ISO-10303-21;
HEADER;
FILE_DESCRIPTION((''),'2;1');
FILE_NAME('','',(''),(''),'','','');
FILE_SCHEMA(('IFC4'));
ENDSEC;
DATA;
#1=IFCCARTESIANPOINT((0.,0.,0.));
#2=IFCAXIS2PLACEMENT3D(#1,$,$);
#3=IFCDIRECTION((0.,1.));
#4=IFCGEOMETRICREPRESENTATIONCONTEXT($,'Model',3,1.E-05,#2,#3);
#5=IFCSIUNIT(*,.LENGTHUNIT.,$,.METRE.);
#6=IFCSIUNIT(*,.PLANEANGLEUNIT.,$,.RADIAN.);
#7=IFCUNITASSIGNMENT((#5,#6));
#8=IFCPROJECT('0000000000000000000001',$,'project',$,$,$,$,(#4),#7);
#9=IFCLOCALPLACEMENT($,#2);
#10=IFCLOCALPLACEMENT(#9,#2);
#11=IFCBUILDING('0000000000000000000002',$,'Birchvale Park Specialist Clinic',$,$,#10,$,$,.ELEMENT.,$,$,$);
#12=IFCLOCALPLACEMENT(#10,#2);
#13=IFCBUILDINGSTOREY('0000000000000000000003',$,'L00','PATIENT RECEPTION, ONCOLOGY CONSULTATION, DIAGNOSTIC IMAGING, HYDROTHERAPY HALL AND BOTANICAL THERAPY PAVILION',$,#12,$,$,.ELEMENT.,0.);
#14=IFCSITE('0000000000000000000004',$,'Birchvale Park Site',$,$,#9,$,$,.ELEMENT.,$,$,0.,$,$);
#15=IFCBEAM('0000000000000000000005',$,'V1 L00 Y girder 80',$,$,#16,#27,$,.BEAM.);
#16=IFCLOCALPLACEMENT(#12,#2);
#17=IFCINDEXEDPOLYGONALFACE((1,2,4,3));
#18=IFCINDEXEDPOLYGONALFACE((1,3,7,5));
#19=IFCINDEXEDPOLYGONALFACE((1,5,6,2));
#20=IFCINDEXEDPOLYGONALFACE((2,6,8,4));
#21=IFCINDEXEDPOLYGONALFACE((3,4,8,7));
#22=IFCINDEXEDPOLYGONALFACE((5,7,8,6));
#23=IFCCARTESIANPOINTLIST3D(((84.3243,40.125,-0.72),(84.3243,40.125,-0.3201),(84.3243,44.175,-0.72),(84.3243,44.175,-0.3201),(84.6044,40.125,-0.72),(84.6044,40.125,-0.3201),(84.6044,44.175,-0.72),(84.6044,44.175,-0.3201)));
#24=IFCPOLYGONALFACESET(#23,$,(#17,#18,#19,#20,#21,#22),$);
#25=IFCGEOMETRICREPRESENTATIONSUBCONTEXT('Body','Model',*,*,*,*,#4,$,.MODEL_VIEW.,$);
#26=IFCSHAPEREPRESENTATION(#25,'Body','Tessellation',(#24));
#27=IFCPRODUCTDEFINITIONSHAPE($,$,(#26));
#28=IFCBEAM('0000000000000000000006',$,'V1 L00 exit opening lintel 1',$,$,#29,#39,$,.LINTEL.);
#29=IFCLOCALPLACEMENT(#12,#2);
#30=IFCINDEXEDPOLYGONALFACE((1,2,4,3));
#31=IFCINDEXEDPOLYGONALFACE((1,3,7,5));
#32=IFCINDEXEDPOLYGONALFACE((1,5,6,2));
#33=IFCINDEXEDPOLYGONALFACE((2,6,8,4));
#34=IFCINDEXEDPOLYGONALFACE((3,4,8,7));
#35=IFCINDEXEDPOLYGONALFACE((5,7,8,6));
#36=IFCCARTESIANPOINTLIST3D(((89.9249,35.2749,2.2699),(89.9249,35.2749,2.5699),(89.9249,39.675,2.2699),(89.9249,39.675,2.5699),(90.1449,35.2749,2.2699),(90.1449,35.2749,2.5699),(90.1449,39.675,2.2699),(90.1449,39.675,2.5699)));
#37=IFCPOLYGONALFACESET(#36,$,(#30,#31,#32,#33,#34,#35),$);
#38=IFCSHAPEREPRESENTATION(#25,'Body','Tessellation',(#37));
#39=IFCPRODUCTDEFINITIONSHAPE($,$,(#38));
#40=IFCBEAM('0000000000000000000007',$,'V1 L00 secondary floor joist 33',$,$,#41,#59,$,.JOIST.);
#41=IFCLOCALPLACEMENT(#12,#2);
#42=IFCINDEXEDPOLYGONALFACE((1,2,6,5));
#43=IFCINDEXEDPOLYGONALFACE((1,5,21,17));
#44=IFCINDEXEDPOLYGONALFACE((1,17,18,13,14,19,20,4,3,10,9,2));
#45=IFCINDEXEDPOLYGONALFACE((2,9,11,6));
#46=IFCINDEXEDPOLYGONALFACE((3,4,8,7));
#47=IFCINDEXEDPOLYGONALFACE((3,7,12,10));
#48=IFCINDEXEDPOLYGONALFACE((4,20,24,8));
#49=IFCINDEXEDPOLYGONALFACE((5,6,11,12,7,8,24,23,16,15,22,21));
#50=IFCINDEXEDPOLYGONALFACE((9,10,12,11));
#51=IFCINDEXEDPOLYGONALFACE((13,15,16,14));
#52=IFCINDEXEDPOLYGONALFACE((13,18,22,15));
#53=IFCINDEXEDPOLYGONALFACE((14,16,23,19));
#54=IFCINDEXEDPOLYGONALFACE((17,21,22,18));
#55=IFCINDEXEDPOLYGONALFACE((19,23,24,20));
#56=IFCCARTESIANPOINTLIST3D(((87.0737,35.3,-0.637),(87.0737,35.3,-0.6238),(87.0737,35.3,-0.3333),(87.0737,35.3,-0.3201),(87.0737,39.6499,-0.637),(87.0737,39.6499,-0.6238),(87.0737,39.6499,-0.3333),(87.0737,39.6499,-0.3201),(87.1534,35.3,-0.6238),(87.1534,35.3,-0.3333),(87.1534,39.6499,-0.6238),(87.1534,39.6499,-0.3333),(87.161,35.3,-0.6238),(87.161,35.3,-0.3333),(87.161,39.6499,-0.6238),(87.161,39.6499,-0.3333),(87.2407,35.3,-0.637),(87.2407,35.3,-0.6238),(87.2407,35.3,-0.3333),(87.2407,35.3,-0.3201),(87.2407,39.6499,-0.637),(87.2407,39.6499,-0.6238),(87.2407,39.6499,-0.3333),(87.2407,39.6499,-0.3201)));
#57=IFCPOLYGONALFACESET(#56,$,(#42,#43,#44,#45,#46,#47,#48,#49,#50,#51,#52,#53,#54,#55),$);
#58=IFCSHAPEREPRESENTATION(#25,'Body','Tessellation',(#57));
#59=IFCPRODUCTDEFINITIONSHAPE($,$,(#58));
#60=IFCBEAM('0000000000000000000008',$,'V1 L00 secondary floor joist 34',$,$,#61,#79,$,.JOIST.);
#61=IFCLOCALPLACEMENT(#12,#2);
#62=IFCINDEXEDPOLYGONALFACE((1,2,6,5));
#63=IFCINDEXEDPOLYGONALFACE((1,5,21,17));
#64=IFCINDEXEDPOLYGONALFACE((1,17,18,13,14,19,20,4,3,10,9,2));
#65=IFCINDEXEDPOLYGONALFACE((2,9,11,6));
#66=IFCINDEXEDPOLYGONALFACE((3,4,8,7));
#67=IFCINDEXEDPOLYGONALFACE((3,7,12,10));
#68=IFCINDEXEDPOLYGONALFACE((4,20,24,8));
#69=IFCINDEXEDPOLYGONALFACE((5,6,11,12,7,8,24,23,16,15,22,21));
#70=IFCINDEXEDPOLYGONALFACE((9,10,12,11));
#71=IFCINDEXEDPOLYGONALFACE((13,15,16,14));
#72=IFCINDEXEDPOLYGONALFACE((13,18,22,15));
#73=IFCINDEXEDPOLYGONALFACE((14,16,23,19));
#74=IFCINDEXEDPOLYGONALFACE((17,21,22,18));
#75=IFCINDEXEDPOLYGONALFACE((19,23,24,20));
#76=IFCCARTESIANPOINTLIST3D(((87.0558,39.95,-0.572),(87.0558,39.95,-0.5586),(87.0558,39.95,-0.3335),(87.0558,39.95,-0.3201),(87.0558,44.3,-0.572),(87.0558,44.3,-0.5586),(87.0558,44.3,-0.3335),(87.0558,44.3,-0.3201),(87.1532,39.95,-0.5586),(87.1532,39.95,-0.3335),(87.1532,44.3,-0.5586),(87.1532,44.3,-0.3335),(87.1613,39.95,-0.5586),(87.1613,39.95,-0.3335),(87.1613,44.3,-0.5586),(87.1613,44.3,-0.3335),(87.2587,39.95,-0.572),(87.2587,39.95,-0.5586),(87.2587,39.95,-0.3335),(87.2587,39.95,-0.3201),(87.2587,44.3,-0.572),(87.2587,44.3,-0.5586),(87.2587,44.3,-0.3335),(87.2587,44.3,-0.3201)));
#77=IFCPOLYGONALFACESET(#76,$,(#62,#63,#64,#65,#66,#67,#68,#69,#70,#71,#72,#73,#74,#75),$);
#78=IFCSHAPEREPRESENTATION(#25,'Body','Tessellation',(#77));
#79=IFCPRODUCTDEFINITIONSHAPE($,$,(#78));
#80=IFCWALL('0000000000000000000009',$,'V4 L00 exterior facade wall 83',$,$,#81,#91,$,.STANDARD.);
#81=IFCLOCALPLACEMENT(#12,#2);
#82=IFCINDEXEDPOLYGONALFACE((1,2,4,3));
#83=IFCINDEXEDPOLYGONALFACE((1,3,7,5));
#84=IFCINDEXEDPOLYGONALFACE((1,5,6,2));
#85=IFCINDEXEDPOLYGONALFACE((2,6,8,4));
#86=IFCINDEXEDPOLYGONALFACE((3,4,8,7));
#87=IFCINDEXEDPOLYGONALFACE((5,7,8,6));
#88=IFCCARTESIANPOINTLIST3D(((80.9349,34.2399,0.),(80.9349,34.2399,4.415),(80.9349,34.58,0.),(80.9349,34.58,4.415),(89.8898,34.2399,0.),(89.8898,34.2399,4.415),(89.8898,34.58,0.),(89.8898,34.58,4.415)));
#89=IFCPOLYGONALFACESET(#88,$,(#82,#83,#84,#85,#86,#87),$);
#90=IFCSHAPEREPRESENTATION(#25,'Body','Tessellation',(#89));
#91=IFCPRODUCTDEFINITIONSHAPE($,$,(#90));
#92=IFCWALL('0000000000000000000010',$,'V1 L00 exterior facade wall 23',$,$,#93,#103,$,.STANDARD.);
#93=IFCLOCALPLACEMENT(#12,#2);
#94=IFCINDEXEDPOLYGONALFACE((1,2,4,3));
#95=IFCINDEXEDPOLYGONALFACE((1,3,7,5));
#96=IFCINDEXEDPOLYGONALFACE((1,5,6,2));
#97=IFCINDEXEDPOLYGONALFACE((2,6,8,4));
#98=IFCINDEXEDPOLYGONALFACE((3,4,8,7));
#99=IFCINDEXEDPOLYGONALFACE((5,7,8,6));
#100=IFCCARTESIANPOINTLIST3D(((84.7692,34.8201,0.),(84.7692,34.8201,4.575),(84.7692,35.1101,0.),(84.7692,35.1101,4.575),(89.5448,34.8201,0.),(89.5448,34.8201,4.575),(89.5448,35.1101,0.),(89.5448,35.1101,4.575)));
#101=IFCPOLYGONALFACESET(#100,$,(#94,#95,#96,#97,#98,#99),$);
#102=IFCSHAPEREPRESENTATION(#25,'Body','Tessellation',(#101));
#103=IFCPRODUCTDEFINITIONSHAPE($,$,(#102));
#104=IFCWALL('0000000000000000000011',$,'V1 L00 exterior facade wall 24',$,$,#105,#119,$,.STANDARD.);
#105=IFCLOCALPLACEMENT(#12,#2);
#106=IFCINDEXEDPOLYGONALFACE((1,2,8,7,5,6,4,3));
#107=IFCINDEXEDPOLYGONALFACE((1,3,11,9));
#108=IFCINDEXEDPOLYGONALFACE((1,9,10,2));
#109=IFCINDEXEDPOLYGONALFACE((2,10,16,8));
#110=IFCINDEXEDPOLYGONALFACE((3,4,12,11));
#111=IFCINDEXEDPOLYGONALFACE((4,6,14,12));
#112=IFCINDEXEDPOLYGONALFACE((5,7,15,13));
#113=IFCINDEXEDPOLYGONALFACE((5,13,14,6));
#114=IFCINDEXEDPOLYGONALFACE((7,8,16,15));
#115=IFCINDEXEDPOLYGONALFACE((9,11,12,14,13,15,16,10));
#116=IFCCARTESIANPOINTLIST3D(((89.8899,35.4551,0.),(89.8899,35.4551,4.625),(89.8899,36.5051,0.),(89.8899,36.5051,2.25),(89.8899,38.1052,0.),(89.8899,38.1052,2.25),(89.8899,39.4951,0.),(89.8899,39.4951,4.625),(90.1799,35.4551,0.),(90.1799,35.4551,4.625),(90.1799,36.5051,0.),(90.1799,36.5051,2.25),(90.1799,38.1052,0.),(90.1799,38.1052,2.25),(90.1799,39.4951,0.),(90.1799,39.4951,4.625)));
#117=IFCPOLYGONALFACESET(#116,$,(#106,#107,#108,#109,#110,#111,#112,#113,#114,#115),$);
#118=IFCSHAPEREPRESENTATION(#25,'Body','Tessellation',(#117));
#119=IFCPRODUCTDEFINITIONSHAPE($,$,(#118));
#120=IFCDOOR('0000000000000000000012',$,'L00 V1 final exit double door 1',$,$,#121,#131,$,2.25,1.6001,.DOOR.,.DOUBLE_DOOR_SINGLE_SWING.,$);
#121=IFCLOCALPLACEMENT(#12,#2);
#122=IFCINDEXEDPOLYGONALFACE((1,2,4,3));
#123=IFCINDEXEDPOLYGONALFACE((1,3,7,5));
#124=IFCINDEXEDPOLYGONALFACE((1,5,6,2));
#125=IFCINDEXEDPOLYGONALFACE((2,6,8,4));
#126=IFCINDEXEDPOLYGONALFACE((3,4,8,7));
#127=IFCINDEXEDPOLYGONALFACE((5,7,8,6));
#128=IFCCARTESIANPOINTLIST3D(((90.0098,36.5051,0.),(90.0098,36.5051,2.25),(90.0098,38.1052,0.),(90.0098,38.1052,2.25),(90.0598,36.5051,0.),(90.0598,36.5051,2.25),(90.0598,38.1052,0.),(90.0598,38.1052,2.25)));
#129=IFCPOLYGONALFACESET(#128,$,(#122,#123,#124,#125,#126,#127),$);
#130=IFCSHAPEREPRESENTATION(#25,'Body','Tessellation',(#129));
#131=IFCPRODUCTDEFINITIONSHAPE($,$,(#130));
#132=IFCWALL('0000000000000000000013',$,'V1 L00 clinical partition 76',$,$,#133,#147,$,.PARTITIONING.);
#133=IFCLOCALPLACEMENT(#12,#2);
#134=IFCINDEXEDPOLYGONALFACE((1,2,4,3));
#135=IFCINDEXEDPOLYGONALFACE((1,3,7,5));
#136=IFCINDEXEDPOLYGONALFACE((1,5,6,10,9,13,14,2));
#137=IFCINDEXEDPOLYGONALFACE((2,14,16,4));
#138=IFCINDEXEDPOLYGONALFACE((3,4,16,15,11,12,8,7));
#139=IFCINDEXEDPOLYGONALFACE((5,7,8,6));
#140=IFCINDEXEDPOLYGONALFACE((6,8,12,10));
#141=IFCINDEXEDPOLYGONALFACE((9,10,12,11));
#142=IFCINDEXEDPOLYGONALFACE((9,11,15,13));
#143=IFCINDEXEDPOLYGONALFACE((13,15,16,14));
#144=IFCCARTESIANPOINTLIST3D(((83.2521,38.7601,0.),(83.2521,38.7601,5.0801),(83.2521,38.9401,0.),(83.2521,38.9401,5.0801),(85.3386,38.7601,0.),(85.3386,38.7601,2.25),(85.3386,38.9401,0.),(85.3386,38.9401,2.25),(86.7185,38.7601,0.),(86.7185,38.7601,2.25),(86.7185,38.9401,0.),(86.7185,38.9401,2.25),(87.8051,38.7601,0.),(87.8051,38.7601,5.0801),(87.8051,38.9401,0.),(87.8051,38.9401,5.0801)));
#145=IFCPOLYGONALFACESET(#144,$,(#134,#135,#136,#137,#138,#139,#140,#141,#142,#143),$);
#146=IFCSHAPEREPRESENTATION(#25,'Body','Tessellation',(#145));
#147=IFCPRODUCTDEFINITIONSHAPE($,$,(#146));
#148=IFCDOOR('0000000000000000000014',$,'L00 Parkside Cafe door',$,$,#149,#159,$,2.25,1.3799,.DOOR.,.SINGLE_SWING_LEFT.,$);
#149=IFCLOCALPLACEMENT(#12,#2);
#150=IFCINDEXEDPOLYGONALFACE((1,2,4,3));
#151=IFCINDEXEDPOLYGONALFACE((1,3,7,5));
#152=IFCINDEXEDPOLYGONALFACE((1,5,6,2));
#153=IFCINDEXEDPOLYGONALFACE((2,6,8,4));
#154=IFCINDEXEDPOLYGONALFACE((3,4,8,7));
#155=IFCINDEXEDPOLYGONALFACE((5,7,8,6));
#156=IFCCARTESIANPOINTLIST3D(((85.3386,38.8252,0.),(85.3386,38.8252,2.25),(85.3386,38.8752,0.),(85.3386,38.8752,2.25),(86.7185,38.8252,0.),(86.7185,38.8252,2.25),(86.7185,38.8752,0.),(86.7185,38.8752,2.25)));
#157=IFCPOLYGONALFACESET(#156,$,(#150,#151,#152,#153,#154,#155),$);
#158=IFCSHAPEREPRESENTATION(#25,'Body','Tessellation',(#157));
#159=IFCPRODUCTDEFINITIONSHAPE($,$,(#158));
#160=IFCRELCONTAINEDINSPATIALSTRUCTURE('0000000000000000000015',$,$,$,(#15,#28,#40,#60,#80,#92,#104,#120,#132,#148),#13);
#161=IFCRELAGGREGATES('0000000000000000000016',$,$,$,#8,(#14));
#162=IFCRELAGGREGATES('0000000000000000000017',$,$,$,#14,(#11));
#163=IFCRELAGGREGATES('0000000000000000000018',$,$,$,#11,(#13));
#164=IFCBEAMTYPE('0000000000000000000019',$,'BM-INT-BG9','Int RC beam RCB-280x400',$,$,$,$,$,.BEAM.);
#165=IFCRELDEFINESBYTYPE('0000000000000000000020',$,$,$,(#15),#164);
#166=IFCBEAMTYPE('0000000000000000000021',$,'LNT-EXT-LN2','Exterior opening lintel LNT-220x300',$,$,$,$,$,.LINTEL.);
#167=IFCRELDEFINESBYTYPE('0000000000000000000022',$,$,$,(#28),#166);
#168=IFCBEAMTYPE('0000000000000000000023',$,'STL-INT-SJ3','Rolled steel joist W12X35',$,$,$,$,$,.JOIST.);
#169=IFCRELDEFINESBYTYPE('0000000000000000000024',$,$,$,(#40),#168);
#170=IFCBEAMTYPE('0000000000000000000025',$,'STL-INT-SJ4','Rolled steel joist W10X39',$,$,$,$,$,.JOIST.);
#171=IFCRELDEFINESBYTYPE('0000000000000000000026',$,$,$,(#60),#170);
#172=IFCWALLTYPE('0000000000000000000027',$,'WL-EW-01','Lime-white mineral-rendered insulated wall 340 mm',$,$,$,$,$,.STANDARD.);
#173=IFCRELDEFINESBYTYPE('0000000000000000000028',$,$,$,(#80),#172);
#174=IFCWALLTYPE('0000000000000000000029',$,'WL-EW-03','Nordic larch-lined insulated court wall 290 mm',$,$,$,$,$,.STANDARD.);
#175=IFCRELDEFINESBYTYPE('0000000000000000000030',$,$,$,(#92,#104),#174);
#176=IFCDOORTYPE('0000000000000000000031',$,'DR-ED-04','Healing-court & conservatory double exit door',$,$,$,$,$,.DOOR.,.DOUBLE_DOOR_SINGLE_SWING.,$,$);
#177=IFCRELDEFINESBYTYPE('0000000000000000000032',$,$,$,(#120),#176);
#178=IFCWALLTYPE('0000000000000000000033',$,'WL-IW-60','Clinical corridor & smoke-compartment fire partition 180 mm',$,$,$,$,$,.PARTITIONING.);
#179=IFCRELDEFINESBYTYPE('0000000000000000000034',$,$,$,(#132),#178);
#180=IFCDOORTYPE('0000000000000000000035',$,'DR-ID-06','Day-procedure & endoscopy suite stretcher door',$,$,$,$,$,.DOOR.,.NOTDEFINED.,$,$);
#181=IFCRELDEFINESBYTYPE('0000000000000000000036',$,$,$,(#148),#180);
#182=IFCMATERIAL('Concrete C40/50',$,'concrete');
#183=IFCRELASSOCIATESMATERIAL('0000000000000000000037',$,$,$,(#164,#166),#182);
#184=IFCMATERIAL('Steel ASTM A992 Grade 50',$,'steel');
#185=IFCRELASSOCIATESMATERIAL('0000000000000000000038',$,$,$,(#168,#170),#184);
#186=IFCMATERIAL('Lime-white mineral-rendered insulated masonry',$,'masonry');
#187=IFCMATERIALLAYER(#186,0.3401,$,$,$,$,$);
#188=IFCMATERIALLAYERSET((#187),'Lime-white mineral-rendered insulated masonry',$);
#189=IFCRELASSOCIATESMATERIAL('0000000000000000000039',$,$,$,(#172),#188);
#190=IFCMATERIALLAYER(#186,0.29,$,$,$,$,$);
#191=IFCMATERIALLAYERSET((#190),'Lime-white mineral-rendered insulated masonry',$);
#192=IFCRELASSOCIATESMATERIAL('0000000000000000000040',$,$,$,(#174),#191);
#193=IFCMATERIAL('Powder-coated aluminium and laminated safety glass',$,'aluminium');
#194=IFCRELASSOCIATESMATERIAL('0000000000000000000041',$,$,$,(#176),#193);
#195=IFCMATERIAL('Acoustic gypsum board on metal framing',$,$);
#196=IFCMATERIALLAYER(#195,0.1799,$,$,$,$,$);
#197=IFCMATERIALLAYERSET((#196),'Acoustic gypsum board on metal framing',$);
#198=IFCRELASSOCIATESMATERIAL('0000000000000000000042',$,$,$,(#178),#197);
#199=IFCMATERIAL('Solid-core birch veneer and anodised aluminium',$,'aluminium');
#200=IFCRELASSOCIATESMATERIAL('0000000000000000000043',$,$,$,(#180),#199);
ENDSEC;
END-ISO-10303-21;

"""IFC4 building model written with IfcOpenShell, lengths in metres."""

from ifc_helpers import new_model, si_unit, direction, frame, frame_2d, origin, origin_2d, place, context, subcontext, project, spatial, rectangle, i_section, extrude, material, layer, layer_set, material_profile, profile_set, type_object, element, fill, save


model = new_model("IFC4")

# Units and contexts
model_context = context("Model", 3, precision=1e-05, world=origin(), true_north=direction((0.0, 1.0)))
body_context = subcontext(model_context, "Body", "Model", "MODEL_VIEW")
ifc_project = project(units=[si_unit("LENGTHUNIT", "METRE"), si_unit("PLANEANGLEUNIT", "RADIAN")], contexts=[model_context])

# Site, building, storey
site_placement = place(None, origin())
site = spatial("IfcSite", under=ifc_project, at=site_placement, Name="Birchvale Park Site", CompositionType="ELEMENT", RefElevation=0.0)
building_placement = place(site_placement, origin())
building = spatial("IfcBuilding", under=site, at=building_placement, Name="Birchvale Park Specialist Clinic", CompositionType="ELEMENT")
storey_placement = place(building_placement, origin())
storey = spatial("IfcBuildingStorey", under=building, at=storey_placement, Name="L00", Description="PATIENT RECEPTION, ONCOLOGY CONSULTATION, DIAGNOSTIC IMAGING, HYDROTHERAPY HALL AND BOTANICAL THERAPY PAVILION", CompositionType="ELEMENT", Elevation=0.0)

# Shared definitions
ifc_material_1 = material(Name="Concrete C40/50", Category="concrete")

# Beams
ifc_material_profile_1 = material_profile(ifc_material_1, rectangle(XDim=0.28, YDim=0.3999, at=origin_2d()), Name="RCB-280x400")
ifc_profile_set_1 = profile_set([ifc_material_profile_1], Name="Concrete C40/50")
beam_type_1 = type_object("IfcBeamType", Name="BM-INT-BG9", Description="Int RC beam RCB-280x400", PredefinedType="BEAM", material=ifc_profile_set_1)
beam_1_placement = place(storey_placement, frame((84.4644, 40.125, -0.52), z_axis=(0.0, 1.0, 0.0), x_axis=(-1.0, 0.0, 0.0)))
element("IfcBeam", 1, at=beam_1_placement, inside=storey, type_object=beam_type_1, Name="V1 L00 Y girder 80", PredefinedType="BEAM", context=body_context, shape_type="SweptSolid", body=[
    extrude(rectangle(XDim=0.28, YDim=0.3999, at=origin_2d()), origin(), (0.0, 0.0, 1.0), 4.05),
])
ifc_material_profile_2 = material_profile(ifc_material_1, rectangle(XDim=0.22, YDim=0.3, at=origin_2d()), Name="LNT-220x300")
ifc_profile_set_2 = profile_set([ifc_material_profile_2], Name="Concrete C40/50")
beam_type_2 = type_object("IfcBeamType", Name="LNT-EXT-LN2", Description="Exterior opening lintel LNT-220x300", PredefinedType="LINTEL", material=ifc_profile_set_2)
beam_2_placement = place(storey_placement, frame((90.0349, 35.2749, 2.4199), z_axis=(0.0, 1.0, 0.0), x_axis=(-1.0, 0.0, 0.0)))
element("IfcBeam", 2, at=beam_2_placement, inside=storey, type_object=beam_type_2, Name="V1 L00 exit opening lintel 1", PredefinedType="LINTEL", context=body_context, shape_type="SweptSolid", body=[
    extrude(rectangle(XDim=0.22, YDim=0.3, at=origin_2d()), origin(), (0.0, 0.0, 1.0), 4.4001),
])
ifc_material_2 = material(Name="Steel ASTM A992 Grade 50", Category="steel")
ifc_material_profile_3 = material_profile(ifc_material_2, i_section(OverallWidth=0.167, OverallDepth=0.3169, WebThickness=0.0076, FlangeThickness=0.0132, at=origin_2d()), Name="W12X35")
ifc_profile_set_3 = profile_set([ifc_material_profile_3], Name="Steel ASTM A992 Grade 50")
beam_type_3 = type_object("IfcBeamType", Name="STL-INT-SJ3", Description="Rolled steel joist W12X35", PredefinedType="JOIST", material=ifc_profile_set_3)
beam_3_placement = place(storey_placement, frame((87.1572, 35.3, -0.4785), z_axis=(0.0, 1.0, 0.0), x_axis=(-1.0, 0.0, 0.0)))
element("IfcBeam", 3, at=beam_3_placement, inside=storey, type_object=beam_type_3, Name="V1 L00 secondary floor joist 33", PredefinedType="JOIST", context=body_context, shape_type="SweptSolid", body=[
    extrude(i_section(OverallWidth=0.167, OverallDepth=0.3169, WebThickness=0.0076, FlangeThickness=0.0132, at=origin_2d()), origin(), (0.0, 0.0, 1.0), 4.3499),
])
ifc_material_profile_4 = material_profile(ifc_material_2, i_section(OverallWidth=0.2029, OverallDepth=0.252, WebThickness=0.0081, FlangeThickness=0.0134, at=origin_2d()), Name="W10X39")
ifc_profile_set_4 = profile_set([ifc_material_profile_4], Name="Steel ASTM A992 Grade 50")
beam_type_4 = type_object("IfcBeamType", Name="STL-INT-SJ4", Description="Rolled steel joist W10X39", PredefinedType="JOIST", material=ifc_profile_set_4)
beam_4_placement = place(storey_placement, frame((87.1572, 39.95, -0.446), z_axis=(0.0, 1.0, 0.0), x_axis=(-1.0, 0.0, 0.0)))
element("IfcBeam", 4, at=beam_4_placement, inside=storey, type_object=beam_type_4, Name="V1 L00 secondary floor joist 34", PredefinedType="JOIST", context=body_context, shape_type="SweptSolid", body=[
    extrude(i_section(OverallWidth=0.2029, OverallDepth=0.252, WebThickness=0.0081, FlangeThickness=0.0134, at=origin_2d()), origin(), (0.0, 0.0, 1.0), 4.3501),
])

# Walls
ifc_material_3 = material(Name="Lime-white mineral-rendered insulated masonry", Category="masonry")
ifc_layer_1 = layer(ifc_material_3, 0.3401)
ifc_layer_set_1 = layer_set([ifc_layer_1], Name="Lime-white mineral-rendered insulated masonry")
wall_type_1 = type_object("IfcWallType", Name="WL-EW-01", Description="Lime-white mineral-rendered insulated wall 340 mm", PredefinedType="STANDARD", material=ifc_layer_set_1)
wall_1_placement = place(storey_placement, frame((89.8899, 34.4099, 0.0), z_axis=(0.0, 0.0, 1.0), x_axis=(-1.0, 0.0, 0.0)))
element("IfcWall", 5, at=wall_1_placement, inside=storey, type_object=wall_type_1, Name="V4 L00 exterior facade wall 83", PredefinedType="STANDARD", context=body_context, shape_type="SweptSolid", body=[
    extrude(rectangle(XDim=8.9548, YDim=0.3401, at=frame_2d((4.4775, 0.0))), origin(), (0.0, 0.0, 1.0), 4.415),
])
ifc_layer_2 = layer(ifc_material_3, 0.29)
ifc_layer_set_2 = layer_set([ifc_layer_2], Name="Lime-white mineral-rendered insulated masonry")
wall_type_2 = type_object("IfcWallType", Name="WL-EW-03", Description="Nordic larch-lined insulated court wall 290 mm", PredefinedType="STANDARD", material=ifc_layer_set_2)
wall_2_placement = place(storey_placement, frame((84.7693, 34.9651, 0.0), z_axis=(0.0, 0.0, 1.0), x_axis=(1.0, 0.0, 0.0)))
element("IfcWall", 6, at=wall_2_placement, inside=storey, type_object=wall_type_2, Name="V1 L00 exterior facade wall 23", PredefinedType="STANDARD", context=body_context, shape_type="SweptSolid", body=[
    extrude(rectangle(XDim=4.7756, YDim=0.29, at=frame_2d((2.3877, 0.0))), origin(), (0.0, 0.0, 1.0), 4.575),
])

# Walls, openings, doors
wall_3_placement = place(storey_placement, frame((90.0349, 35.4551, 0.0), z_axis=(0.0, 0.0, 1.0), x_axis=(0.0, 1.0, 0.0)))
wall_3 = element("IfcWall", 7, at=wall_3_placement, inside=storey, type_object=wall_type_2, Name="V1 L00 exterior facade wall 24", PredefinedType="STANDARD", context=body_context, shape_type="SweptSolid", body=[
    extrude(rectangle(XDim=4.04, YDim=0.29, at=frame_2d((2.02, 0.0))), origin(), (0.0, 0.0, 1.0), 4.625),
])
opening_1_placement = place(wall_3_placement, frame((1.05, 0.0, 0.0)))
opening_1 = element("IfcOpeningElement", 8, at=opening_1_placement, cuts=wall_3, PredefinedType="OPENING", context=body_context, shape_type="SweptSolid", body=[
    extrude(rectangle(XDim=1.6001, YDim=2.25, at=frame_2d((0.8, 1.125))), frame((0.0, 0.155, 0.0), z_axis=(0.0, -1.0, 0.0), x_axis=(1.0, 0.0, 0.0)), (0.0, 0.0, 1.0), 0.3101),
])
ifc_material_4 = material(Name="Powder-coated aluminium and laminated safety glass", Category="aluminium")
door_type_1 = type_object("IfcDoorType", Name="DR-ED-04", Description="Healing-court & conservatory double exit door", OperationType="DOUBLE_DOOR_SINGLE_SWING", PredefinedType="DOOR", material=ifc_material_4)
door_1_placement = place(opening_1_placement, frame((1.6001, 0.0, 0.0), z_axis=(0.0, 0.0, 1.0), x_axis=(-1.0, 0.0, 0.0)))
door_1 = element("IfcDoor", 9, at=door_1_placement, inside=storey, type_object=door_type_1, Name="L00 V1 final exit double door 1", OperationType="DOUBLE_DOOR_SINGLE_SWING", OverallHeight=2.25, OverallWidth=1.6001, PredefinedType="DOOR", context=body_context, shape_type="SweptSolid", body=[
    extrude(rectangle(XDim=1.6001, YDim=2.25, at=frame_2d((0.8, 1.125))), frame((0.0, 0.0249, 0.0), z_axis=(0.0, -1.0, 0.0), x_axis=(1.0, 0.0, 0.0)), (0.0, 0.0, 1.0), 0.05),
])
fill(opening_1, door_1)
ifc_material_5 = material(Name="Acoustic gypsum board on metal framing")
ifc_layer_3 = layer(ifc_material_5, 0.1799)
ifc_layer_set_3 = layer_set([ifc_layer_3], Name="Acoustic gypsum board on metal framing")
wall_type_3 = type_object("IfcWallType", Name="WL-IW-60", Description="Clinical corridor & smoke-compartment fire partition 180 mm", PredefinedType="PARTITIONING", material=ifc_layer_set_3)
wall_4_placement = place(storey_placement, frame((87.8049, 38.8501, 0.0), z_axis=(0.0, 0.0, 1.0), x_axis=(-1.0, 0.0, 0.0)))
wall_4 = element("IfcWall", 10, at=wall_4_placement, inside=storey, type_object=wall_type_3, Name="V1 L00 clinical partition 76", PredefinedType="PARTITIONING", context=body_context, shape_type="SweptSolid", body=[
    extrude(rectangle(XDim=4.553, YDim=0.1799, at=frame_2d((2.2764, 0.0))), origin(), (0.0, 0.0, 1.0), 5.0801),
])
opening_2_placement = place(wall_4_placement, frame((1.0864, 0.0, 0.0)))
opening_2 = element("IfcOpeningElement", 11, at=opening_2_placement, cuts=wall_4, PredefinedType="OPENING", context=body_context, shape_type="SweptSolid", body=[
    extrude(rectangle(XDim=1.3799, YDim=2.25, at=frame_2d((0.6899, 1.125))), frame((0.0, 0.1001, 0.0), z_axis=(0.0, -1.0, 0.0), x_axis=(1.0, 0.0, 0.0)), (0.0, 0.0, 1.0), 0.2),
])
ifc_material_6 = material(Name="Solid-core birch veneer and anodised aluminium", Category="aluminium")
door_type_2 = type_object("IfcDoorType", Name="DR-ID-06", Description="Day-procedure & endoscopy suite stretcher door", OperationType="NOTDEFINED", PredefinedType="DOOR", material=ifc_material_6)
door_2_placement = place(opening_2_placement, origin())
door_2 = element("IfcDoor", 12, at=door_2_placement, inside=storey, type_object=door_type_2, Name="L00 Parkside Cafe door", OperationType="SINGLE_SWING_LEFT", OverallHeight=2.25, OverallWidth=1.3799, PredefinedType="DOOR", context=body_context, shape_type="SweptSolid", body=[
    extrude(rectangle(XDim=1.3799, YDim=2.25, at=frame_2d((0.6899, 1.125))), frame((0.0, 0.0249, 0.0), z_axis=(0.0, -1.0, 0.0), x_axis=(1.0, 0.0, 0.0)), (0.0, 0.0, 1.0), 0.05),
])
fill(opening_2, door_2)

save(model, "model.ifc")
